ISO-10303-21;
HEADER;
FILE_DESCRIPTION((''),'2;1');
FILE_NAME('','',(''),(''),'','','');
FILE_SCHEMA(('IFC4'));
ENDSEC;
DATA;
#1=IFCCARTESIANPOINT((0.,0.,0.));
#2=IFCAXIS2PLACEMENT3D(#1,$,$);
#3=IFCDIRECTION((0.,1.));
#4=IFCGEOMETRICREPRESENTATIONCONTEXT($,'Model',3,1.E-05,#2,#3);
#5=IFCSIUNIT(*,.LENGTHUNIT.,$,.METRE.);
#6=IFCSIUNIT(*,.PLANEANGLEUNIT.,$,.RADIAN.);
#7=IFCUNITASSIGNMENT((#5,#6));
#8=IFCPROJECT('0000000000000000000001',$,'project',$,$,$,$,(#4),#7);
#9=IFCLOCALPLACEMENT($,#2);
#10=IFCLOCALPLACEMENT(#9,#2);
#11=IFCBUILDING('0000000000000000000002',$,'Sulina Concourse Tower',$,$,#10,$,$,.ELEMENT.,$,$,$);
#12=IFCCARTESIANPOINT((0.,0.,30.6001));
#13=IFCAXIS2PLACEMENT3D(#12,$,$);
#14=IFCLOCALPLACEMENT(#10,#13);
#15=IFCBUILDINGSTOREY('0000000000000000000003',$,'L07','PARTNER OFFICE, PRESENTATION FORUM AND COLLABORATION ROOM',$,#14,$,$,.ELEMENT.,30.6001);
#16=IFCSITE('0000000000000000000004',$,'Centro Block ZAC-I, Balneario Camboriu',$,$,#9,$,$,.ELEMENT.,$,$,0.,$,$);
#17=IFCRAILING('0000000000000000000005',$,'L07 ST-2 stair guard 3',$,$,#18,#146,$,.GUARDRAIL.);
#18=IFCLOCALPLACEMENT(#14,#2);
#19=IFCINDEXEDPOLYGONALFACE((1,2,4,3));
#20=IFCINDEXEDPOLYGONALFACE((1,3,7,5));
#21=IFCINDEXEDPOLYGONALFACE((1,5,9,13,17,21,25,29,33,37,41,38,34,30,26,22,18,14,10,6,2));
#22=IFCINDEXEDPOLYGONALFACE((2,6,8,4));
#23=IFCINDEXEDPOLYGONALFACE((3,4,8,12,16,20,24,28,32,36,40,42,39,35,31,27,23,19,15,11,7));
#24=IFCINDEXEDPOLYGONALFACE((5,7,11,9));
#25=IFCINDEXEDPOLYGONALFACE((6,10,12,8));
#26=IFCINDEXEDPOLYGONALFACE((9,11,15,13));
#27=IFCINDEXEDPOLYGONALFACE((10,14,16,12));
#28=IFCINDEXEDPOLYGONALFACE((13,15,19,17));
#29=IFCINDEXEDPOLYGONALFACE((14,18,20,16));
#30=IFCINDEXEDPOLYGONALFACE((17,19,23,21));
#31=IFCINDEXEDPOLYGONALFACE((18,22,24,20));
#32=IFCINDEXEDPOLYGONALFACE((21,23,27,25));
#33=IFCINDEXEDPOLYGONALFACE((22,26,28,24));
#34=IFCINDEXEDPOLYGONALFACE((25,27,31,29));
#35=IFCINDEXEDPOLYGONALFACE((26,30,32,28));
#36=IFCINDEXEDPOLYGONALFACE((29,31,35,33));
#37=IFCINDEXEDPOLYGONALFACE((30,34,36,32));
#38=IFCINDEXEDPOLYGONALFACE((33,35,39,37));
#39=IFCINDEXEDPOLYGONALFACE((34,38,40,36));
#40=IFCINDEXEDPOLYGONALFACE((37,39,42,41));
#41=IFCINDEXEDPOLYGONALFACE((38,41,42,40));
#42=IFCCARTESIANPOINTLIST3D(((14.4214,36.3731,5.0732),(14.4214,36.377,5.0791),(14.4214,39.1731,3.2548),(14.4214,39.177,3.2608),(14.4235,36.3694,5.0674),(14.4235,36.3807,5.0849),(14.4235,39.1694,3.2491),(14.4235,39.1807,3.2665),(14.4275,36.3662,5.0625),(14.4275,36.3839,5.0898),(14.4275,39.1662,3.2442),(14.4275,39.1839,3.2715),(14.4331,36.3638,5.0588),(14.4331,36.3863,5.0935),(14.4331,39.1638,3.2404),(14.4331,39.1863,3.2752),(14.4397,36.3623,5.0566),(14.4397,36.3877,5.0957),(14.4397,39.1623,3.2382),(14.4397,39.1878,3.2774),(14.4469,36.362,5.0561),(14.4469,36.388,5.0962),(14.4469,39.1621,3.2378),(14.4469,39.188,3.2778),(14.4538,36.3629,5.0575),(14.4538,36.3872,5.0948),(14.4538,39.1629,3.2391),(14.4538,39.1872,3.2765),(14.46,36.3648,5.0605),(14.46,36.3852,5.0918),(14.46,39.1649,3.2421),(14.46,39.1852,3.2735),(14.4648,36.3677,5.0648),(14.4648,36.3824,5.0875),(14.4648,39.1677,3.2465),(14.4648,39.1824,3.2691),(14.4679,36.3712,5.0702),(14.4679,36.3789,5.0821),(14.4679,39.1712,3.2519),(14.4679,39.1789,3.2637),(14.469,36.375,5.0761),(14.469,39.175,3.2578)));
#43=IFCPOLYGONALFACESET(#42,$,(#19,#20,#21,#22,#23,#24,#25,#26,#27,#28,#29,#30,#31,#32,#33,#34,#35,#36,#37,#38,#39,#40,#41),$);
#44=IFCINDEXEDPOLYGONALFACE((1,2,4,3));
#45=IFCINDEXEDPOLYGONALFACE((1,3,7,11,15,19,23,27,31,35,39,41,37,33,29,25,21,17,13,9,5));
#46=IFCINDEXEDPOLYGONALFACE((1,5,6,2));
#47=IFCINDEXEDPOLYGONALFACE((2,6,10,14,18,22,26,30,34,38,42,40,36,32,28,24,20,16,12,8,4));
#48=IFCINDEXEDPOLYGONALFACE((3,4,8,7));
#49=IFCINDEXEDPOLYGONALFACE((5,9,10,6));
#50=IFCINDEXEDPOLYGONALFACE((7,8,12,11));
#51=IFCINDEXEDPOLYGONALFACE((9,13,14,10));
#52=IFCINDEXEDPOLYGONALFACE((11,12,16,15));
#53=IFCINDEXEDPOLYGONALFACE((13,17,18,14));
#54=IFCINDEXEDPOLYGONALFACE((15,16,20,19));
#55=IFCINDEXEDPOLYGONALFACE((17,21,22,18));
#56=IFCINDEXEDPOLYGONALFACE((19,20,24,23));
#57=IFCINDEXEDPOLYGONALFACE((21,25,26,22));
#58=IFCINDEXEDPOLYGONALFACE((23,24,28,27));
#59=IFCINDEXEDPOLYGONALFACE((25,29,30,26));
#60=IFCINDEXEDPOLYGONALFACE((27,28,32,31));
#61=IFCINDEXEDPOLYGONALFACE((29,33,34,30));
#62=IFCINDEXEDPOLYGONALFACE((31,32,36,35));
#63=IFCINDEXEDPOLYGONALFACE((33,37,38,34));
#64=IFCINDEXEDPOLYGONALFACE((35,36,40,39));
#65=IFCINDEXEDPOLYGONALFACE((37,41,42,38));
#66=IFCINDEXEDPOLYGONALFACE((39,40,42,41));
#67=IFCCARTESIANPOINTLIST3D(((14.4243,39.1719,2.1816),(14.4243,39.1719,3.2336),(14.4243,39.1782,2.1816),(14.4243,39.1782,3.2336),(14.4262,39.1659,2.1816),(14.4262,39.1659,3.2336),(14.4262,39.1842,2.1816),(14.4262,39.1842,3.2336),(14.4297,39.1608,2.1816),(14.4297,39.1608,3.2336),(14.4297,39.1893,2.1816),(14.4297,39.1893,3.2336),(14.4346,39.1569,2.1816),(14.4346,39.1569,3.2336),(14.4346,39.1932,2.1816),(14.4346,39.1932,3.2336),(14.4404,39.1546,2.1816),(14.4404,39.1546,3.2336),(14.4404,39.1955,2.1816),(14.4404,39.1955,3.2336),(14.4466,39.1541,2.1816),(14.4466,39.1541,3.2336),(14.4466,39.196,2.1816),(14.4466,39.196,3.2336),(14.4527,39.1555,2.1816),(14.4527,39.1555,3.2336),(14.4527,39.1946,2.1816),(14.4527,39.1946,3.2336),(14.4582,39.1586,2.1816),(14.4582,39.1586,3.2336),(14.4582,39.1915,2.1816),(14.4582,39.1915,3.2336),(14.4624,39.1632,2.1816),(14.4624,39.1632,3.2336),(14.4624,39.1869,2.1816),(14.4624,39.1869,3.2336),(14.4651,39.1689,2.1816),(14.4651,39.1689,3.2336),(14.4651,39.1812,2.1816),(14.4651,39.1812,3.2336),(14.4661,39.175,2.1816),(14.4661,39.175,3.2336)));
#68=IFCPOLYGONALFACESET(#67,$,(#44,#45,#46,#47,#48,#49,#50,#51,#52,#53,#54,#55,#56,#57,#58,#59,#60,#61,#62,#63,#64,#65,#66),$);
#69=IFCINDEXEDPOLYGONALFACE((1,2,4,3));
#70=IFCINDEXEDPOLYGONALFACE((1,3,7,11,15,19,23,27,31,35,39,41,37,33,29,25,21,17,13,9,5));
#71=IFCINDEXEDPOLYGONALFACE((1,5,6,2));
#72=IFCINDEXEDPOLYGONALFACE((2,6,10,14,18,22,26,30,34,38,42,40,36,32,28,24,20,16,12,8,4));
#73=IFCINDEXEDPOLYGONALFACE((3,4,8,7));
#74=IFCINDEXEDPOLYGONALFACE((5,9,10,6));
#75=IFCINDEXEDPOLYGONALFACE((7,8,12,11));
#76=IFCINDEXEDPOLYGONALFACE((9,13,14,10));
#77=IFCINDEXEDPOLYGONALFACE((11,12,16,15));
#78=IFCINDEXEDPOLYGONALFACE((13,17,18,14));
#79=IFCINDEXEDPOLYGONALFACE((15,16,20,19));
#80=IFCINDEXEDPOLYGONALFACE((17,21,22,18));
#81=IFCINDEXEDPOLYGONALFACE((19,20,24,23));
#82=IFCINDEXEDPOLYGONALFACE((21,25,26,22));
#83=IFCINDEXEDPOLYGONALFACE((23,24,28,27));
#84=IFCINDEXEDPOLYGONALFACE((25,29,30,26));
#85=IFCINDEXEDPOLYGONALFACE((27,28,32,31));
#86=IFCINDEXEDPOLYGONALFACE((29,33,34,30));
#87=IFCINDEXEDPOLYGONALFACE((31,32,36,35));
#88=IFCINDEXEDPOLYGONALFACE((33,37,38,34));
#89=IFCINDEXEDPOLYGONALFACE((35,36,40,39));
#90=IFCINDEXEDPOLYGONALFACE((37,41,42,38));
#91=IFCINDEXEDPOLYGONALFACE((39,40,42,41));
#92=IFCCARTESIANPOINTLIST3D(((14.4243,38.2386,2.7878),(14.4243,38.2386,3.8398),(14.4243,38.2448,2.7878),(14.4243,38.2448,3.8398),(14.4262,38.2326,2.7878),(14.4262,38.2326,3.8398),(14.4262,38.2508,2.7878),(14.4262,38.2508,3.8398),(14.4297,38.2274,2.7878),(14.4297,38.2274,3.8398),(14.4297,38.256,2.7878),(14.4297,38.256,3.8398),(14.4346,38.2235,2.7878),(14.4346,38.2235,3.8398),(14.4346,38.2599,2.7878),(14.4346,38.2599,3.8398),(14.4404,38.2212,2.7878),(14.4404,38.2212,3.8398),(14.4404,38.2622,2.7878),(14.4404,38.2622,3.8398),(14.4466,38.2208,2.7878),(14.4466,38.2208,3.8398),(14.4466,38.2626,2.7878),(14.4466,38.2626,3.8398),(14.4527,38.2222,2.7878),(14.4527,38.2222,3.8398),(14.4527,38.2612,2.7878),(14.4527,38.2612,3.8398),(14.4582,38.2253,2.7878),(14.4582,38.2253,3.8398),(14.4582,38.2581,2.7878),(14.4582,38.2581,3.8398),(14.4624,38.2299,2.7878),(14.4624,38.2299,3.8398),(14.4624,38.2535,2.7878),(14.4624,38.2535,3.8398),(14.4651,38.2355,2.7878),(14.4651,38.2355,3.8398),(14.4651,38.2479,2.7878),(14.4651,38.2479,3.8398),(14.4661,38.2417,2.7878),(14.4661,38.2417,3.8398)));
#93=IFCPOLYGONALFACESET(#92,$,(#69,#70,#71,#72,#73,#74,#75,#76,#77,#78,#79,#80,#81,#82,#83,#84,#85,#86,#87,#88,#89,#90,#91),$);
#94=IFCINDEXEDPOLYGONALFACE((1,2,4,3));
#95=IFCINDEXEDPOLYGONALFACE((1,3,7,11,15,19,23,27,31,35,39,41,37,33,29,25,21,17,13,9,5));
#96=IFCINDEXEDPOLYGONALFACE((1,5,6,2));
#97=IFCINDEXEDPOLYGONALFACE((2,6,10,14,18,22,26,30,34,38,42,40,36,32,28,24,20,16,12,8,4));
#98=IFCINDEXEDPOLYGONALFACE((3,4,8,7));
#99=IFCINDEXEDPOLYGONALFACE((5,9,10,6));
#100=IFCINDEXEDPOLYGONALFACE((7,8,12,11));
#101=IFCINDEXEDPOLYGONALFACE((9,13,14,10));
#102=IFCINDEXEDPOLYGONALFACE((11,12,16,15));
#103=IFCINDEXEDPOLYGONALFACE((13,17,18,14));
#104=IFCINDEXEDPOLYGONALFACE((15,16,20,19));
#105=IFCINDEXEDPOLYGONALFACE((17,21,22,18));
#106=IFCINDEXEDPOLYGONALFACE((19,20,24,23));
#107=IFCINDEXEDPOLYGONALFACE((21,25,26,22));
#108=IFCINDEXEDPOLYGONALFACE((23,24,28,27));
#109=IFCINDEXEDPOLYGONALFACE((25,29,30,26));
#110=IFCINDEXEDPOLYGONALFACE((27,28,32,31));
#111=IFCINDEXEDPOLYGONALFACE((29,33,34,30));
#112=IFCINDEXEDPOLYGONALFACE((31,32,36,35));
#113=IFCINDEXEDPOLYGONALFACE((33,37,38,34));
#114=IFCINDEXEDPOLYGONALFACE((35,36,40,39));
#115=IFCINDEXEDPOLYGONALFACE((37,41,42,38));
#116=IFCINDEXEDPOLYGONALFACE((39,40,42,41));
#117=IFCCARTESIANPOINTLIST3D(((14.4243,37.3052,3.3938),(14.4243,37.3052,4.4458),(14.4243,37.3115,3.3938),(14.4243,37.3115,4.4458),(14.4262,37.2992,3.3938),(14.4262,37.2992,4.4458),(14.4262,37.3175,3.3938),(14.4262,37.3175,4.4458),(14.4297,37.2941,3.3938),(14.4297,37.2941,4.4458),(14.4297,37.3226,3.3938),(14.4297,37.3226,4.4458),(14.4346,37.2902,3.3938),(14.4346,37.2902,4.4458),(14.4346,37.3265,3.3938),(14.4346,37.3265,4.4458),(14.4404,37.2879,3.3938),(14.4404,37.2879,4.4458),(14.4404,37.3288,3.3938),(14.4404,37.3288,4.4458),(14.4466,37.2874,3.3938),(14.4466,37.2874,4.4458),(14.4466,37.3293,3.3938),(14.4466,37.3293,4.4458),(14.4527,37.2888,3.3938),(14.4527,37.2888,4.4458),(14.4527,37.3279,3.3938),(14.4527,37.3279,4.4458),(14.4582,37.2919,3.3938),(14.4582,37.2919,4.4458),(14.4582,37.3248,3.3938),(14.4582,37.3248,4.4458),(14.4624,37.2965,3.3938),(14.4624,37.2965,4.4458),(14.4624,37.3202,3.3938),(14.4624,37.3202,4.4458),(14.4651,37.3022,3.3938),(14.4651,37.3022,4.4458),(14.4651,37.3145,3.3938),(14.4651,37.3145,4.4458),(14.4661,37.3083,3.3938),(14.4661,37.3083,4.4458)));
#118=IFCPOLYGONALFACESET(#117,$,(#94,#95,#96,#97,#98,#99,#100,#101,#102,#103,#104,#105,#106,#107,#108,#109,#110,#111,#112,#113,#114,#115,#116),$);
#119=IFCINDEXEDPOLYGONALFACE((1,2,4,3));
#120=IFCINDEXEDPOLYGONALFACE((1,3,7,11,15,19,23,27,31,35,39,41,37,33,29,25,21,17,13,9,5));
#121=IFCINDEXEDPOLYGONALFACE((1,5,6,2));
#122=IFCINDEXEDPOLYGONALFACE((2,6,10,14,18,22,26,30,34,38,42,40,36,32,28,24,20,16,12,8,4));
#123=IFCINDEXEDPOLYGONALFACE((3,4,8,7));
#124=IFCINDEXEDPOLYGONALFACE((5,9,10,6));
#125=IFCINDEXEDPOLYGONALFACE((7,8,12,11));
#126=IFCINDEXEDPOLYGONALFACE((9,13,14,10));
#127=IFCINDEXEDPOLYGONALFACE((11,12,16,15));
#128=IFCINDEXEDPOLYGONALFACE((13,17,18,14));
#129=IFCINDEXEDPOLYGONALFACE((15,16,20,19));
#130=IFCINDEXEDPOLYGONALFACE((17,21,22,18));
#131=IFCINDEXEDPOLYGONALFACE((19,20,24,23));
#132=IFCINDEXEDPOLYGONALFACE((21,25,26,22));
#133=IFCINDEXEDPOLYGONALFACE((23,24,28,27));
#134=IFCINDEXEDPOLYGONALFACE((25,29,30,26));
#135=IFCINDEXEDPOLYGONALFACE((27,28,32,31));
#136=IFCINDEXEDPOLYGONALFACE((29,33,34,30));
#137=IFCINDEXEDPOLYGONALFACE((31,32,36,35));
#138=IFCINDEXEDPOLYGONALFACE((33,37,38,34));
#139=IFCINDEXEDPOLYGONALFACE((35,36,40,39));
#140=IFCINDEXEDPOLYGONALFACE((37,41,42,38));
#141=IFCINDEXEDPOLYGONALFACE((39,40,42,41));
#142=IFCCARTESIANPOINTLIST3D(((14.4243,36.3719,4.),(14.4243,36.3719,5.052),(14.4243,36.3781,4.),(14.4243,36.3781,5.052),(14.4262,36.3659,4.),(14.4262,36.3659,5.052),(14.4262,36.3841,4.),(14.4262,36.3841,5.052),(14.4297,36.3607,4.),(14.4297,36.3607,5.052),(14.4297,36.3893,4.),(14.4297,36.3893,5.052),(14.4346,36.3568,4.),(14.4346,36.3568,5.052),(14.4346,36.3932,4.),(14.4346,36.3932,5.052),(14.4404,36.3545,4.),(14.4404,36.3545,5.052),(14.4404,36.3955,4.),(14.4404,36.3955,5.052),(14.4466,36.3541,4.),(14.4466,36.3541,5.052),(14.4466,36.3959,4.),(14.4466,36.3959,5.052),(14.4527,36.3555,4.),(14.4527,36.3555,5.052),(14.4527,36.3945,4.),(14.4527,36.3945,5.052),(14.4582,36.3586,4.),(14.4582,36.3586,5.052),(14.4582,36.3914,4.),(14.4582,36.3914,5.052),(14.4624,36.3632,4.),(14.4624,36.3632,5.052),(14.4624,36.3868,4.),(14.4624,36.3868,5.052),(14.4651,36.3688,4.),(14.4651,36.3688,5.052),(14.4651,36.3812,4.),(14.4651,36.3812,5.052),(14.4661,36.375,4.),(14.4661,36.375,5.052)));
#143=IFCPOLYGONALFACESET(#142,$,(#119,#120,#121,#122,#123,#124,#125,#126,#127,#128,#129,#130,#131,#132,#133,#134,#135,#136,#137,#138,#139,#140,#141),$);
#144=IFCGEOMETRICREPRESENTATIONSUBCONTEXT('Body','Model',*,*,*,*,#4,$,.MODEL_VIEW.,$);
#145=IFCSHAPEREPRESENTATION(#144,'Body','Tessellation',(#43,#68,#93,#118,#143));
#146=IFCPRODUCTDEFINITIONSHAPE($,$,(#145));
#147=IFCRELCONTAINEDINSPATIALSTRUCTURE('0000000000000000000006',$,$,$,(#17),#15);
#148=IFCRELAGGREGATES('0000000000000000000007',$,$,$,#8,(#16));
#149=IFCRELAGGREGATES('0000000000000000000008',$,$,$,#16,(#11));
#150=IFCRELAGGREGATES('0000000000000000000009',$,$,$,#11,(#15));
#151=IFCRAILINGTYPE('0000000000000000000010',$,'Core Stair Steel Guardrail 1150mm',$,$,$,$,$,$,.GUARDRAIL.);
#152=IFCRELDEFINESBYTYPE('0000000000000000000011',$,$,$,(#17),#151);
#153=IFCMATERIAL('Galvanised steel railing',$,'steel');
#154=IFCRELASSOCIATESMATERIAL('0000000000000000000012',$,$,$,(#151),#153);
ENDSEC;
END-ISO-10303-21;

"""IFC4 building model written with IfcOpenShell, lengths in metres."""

from ifc_helpers import new_model, si_unit, direction, frame, origin, origin_2d, place, context, subcontext, project, spatial, circle, extrude, material, type_object, element, save


model = new_model("IFC4")

# Units and contexts
model_context = context("Model", 3, precision=1e-05, world=origin(), true_north=direction((0.0, 1.0)))
body_context = subcontext(model_context, "Body", "Model", "MODEL_VIEW")
ifc_project = project(units=[si_unit("LENGTHUNIT", "METRE"), si_unit("PLANEANGLEUNIT", "RADIAN")], contexts=[model_context])

# Site, building, storey
site_placement = place(None, origin())
site = spatial("IfcSite", under=ifc_project, at=site_placement, Name="Centro Block ZAC-I, Balneario Camboriu", CompositionType="ELEMENT", RefElevation=0.0)
building_placement = place(site_placement, origin())
building = spatial("IfcBuilding", under=site, at=building_placement, Name="Sulina Concourse Tower", CompositionType="ELEMENT")
storey_placement = place(building_placement, frame((0.0, 0.0, 30.6001)))
storey = spatial("IfcBuildingStorey", under=building, at=storey_placement, Name="L07", Description="PARTNER OFFICE, PRESENTATION FORUM AND COLLABORATION ROOM", CompositionType="ELEMENT", Elevation=30.6001)

# Railing
ifc_material_1 = material(Name="Galvanised steel railing", Category="steel")
railing_type_1 = type_object("IfcRailingType", Name="Core Stair Steel Guardrail 1150mm", PredefinedType="GUARDRAIL", material=ifc_material_1)
railing_1_placement = place(storey_placement, frame((14.4451, 39.175, 2.1816)))
element("IfcRailing", 1, at=railing_1_placement, inside=storey, type_object=railing_type_1, Name="L07 ST-2 stair guard 3", PredefinedType="GUARDRAIL", context=body_context, shape_type="SweptSolid", body=[
    extrude(circle(Radius=0.0239, at=origin_2d()), frame((0.0, 0.0, 1.0762), z_axis=(0.0, -0.838672, 0.544636), x_axis=(1.0, 0.0, 0.0)), (0.0, 0.0, 1.0), 3.3386),
    extrude(circle(Radius=0.021, at=origin_2d()), origin(), (0.0, 0.0, 1.0), 1.052),
    extrude(circle(Radius=0.021, at=origin_2d()), frame((0.0, -0.9333, 0.6062)), (0.0, 0.0, 1.0), 1.052),
    extrude(circle(Radius=0.021, at=origin_2d()), frame((0.0, -1.8667, 1.2122)), (0.0, 0.0, 1.0), 1.052),
    extrude(circle(Radius=0.021, at=origin_2d()), frame((0.0, -2.8, 1.8184)), (0.0, 0.0, 1.0), 1.052),
])

save(model, "model.ifc")
